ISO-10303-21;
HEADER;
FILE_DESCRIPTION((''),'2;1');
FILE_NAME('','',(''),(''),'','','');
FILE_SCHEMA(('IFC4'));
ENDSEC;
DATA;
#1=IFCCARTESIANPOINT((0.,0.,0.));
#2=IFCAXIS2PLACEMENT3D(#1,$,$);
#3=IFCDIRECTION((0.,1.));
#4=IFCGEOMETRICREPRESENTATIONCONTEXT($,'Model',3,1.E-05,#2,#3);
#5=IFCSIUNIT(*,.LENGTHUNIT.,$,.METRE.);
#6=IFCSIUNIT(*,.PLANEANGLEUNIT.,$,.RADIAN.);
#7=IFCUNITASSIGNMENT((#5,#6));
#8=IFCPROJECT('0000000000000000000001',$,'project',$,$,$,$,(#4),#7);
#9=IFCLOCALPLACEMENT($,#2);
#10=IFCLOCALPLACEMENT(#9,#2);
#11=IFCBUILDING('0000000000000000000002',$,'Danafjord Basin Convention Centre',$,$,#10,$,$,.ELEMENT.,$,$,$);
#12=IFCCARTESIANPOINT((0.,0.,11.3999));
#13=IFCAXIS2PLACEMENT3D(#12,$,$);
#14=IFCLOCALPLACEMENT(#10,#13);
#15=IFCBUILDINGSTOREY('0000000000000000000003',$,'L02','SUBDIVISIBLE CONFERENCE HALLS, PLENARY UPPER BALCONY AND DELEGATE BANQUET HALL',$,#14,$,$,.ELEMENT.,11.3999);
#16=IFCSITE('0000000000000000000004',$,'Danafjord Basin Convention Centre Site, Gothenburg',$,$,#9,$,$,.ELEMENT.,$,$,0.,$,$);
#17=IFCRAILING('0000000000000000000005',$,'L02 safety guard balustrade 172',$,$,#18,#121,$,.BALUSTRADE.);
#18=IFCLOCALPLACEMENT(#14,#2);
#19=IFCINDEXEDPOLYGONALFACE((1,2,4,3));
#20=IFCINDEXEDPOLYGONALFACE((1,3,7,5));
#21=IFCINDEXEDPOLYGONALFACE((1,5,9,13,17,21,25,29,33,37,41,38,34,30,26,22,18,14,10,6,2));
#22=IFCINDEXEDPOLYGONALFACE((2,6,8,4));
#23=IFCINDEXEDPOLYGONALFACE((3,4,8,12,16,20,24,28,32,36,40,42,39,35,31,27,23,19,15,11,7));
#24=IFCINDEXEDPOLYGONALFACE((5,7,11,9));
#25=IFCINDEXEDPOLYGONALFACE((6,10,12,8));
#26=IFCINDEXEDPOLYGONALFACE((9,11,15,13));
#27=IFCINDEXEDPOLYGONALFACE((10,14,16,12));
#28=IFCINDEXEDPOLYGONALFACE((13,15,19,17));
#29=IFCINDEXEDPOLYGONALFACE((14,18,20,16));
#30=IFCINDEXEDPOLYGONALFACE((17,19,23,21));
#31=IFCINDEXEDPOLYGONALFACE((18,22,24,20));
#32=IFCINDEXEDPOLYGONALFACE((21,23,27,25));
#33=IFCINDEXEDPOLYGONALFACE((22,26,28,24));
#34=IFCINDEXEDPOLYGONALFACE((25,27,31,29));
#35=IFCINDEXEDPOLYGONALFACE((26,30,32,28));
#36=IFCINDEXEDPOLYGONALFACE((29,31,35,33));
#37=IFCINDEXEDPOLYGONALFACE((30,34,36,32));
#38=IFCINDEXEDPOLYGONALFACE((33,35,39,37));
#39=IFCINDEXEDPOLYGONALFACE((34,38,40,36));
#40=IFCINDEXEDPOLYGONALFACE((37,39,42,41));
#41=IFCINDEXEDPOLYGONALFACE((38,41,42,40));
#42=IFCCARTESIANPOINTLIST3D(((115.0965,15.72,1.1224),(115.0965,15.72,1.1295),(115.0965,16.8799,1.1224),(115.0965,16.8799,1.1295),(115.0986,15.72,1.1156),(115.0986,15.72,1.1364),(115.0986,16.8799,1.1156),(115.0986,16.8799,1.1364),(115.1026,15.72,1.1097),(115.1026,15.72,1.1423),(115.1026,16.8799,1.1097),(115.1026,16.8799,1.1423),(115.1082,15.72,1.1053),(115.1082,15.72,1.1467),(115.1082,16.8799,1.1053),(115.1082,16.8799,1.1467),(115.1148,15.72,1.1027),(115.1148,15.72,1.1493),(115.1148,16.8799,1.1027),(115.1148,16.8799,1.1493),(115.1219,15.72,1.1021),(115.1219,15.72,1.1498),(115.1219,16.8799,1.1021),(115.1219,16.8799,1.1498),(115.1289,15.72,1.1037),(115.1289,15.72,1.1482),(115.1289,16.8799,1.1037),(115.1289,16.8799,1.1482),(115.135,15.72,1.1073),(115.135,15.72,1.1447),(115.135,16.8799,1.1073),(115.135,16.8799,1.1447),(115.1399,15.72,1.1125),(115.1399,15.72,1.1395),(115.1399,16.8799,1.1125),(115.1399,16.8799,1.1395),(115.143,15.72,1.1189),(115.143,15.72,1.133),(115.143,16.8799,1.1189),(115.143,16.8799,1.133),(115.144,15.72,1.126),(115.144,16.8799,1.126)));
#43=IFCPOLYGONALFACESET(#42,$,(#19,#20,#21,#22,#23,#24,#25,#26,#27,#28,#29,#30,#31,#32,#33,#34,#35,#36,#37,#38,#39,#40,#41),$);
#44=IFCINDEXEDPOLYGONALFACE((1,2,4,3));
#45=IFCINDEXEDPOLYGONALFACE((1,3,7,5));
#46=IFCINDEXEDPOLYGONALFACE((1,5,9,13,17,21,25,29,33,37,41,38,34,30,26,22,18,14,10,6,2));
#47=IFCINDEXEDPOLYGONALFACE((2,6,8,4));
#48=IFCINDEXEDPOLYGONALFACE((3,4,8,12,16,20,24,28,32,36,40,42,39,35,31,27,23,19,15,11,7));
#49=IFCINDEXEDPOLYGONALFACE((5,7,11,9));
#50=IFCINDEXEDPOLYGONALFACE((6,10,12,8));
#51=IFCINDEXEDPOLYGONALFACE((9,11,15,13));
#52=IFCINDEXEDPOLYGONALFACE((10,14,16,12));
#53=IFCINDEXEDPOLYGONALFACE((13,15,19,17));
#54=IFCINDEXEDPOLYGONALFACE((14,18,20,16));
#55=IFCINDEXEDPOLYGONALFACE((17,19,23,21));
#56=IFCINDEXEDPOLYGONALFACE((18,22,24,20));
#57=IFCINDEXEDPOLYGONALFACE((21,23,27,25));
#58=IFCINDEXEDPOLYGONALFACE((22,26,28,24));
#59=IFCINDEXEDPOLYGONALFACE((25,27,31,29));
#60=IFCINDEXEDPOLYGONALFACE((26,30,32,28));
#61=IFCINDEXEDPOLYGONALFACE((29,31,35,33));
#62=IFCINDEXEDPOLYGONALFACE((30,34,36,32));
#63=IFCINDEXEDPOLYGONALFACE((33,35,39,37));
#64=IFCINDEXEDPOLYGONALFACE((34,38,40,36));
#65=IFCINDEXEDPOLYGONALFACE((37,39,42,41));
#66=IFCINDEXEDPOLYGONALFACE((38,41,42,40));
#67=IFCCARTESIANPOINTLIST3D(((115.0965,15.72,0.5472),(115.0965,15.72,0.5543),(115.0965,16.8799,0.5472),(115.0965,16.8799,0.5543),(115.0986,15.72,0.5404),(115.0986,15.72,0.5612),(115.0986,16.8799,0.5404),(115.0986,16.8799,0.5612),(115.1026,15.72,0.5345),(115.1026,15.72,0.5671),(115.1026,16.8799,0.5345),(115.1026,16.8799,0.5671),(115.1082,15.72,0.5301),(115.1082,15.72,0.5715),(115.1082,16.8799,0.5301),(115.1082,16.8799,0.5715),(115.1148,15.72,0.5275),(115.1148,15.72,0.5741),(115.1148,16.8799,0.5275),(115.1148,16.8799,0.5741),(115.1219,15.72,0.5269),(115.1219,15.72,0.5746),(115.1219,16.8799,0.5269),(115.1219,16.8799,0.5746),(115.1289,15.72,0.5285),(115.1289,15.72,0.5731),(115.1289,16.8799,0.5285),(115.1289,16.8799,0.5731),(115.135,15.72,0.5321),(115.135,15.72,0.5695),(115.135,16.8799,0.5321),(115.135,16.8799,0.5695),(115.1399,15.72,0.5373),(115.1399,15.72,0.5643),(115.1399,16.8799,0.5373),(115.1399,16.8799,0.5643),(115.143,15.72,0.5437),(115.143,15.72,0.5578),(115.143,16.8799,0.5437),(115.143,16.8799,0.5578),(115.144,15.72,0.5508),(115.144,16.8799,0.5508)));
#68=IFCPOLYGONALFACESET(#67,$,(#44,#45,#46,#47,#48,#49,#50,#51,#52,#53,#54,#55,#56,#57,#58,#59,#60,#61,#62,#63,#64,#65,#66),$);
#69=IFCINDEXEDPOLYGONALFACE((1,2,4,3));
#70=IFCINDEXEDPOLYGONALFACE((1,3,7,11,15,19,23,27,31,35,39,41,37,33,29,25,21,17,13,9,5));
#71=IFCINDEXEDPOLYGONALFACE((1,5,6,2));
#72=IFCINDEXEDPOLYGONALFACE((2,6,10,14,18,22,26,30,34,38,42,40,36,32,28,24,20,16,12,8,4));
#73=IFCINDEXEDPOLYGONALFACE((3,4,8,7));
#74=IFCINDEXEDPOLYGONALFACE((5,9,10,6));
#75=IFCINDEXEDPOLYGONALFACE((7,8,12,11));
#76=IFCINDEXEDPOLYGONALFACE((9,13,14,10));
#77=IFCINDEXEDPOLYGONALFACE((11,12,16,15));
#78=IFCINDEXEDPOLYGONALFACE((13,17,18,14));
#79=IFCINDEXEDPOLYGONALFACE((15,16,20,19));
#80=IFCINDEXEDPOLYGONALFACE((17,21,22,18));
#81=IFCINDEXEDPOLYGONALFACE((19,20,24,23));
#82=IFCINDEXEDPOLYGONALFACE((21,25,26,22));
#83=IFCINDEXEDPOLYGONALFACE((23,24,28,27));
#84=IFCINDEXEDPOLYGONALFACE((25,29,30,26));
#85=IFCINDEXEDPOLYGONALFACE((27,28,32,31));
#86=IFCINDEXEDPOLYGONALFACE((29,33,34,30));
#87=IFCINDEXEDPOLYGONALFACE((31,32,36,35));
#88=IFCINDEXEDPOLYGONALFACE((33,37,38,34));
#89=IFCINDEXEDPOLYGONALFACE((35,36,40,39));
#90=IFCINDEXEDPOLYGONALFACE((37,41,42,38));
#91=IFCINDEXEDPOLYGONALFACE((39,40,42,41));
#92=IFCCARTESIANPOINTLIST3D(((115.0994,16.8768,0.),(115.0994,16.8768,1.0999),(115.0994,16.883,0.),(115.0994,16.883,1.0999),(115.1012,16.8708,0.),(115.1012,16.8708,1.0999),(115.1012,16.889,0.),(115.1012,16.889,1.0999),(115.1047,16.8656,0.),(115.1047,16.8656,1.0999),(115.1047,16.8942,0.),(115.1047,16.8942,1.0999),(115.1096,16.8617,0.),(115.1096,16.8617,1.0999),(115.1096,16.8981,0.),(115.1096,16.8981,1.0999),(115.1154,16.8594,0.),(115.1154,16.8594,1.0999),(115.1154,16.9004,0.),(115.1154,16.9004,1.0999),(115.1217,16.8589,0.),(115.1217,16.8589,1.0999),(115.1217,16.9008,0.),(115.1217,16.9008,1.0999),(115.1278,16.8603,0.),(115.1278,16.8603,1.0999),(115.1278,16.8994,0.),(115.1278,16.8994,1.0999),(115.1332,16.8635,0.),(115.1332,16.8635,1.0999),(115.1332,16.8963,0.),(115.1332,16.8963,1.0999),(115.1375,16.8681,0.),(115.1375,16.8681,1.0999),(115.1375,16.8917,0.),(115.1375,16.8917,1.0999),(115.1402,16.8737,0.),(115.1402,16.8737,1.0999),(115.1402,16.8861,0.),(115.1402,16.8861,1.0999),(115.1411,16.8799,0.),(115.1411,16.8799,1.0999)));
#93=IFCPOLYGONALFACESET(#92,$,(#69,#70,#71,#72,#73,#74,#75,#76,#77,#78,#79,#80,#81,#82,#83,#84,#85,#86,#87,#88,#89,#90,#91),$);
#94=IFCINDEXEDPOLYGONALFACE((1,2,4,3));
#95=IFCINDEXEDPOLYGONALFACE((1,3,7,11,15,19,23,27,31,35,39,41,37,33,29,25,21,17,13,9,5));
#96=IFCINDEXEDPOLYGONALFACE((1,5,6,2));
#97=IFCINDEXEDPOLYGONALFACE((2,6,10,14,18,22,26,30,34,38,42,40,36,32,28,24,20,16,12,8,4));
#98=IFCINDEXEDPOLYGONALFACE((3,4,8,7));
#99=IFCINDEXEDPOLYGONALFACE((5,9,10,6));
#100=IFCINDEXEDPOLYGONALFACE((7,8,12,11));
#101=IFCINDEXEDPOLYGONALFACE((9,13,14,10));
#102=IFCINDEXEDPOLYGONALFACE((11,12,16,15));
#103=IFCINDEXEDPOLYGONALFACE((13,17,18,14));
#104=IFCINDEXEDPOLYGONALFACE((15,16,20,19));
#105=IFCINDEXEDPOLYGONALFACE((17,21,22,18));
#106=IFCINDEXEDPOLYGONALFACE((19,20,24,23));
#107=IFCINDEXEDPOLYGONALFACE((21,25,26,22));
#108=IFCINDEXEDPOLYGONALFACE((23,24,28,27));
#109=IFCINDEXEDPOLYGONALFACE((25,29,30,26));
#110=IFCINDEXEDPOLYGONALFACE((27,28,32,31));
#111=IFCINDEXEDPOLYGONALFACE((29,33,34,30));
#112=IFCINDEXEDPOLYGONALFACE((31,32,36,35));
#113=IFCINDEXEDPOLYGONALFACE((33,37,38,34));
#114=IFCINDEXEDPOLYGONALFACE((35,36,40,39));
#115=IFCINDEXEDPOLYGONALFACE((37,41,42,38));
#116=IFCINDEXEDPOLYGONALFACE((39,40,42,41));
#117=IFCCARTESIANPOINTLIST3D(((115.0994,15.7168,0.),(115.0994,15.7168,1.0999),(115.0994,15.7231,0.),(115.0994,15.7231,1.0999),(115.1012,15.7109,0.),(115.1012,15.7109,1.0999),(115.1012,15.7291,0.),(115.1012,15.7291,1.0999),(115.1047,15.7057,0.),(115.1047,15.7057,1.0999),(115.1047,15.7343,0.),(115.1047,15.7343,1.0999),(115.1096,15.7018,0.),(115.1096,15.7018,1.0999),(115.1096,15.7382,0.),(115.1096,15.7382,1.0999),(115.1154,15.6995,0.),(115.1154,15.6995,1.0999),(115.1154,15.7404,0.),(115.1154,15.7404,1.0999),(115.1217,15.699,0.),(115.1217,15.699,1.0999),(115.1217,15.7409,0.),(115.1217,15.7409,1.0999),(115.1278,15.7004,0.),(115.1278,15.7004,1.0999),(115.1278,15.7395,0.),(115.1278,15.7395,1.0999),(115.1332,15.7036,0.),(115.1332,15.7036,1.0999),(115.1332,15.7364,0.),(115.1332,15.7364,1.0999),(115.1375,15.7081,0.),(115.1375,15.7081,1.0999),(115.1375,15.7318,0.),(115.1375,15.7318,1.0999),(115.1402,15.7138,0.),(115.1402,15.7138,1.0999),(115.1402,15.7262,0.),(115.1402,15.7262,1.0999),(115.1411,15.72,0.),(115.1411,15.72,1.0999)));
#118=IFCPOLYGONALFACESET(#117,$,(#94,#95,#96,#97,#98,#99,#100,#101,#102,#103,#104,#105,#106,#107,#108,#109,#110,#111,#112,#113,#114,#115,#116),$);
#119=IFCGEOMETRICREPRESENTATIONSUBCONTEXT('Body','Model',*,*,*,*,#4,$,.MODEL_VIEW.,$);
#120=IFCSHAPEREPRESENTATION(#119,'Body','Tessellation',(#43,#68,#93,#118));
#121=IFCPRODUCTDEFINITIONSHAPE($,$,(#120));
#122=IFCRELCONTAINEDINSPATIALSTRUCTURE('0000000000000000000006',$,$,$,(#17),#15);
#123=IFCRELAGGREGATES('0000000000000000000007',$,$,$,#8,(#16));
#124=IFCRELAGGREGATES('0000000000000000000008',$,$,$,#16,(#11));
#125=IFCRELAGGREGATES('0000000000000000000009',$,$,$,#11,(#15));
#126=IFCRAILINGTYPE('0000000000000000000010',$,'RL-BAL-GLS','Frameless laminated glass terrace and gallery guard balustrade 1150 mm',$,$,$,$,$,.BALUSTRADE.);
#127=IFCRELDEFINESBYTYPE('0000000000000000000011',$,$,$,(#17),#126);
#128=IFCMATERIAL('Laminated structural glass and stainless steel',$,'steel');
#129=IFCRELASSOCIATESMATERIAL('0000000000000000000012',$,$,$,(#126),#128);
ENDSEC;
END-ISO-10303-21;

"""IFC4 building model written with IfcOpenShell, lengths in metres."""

from ifc_helpers import new_model, si_unit, direction, frame, origin, origin_2d, place, context, subcontext, project, spatial, circle, extrude, material, type_object, element, save


model = new_model("IFC4")

# Units and contexts
model_context = context("Model", 3, precision=1e-05, world=origin(), true_north=direction((0.0, 1.0)))
body_context = subcontext(model_context, "Body", "Model", "MODEL_VIEW")
ifc_project = project(units=[si_unit("LENGTHUNIT", "METRE"), si_unit("PLANEANGLEUNIT", "RADIAN")], contexts=[model_context])

# Site, building, storey
site_placement = place(None, origin())
site = spatial("IfcSite", under=ifc_project, at=site_placement, Name="Danafjord Basin Convention Centre Site, Gothenburg", CompositionType="ELEMENT", RefElevation=0.0)
building_placement = place(site_placement, origin())
building = spatial("IfcBuilding", under=site, at=building_placement, Name="Danafjord Basin Convention Centre", CompositionType="ELEMENT")
storey_placement = place(building_placement, frame((0.0, 0.0, 11.3999)))
storey = spatial("IfcBuildingStorey", under=building, at=storey_placement, Name="L02", Description="SUBDIVISIBLE CONFERENCE HALLS, PLENARY UPPER BALCONY AND DELEGATE BANQUET HALL", CompositionType="ELEMENT", Elevation=11.3999)

# Railing
ifc_material_1 = material(Name="Laminated structural glass and stainless steel", Category="steel")
railing_type = type_object("IfcRailingType", Name="RL-BAL-GLS", Description="Frameless laminated glass terrace and gallery guard balustrade 1150 mm", PredefinedType="BALUSTRADE", material=ifc_material_1)
for number, where, name in (
    (1, (115.1201, 16.8799, 0.0), "L02 safety guard balustrade 172"),
):
    element("IfcRailing", number, at=place(storey_placement, frame(where)), inside=storey, type_object=railing_type, Name=name, PredefinedType="BALUSTRADE", context=body_context, shape_type="SweptSolid", body=[
        extrude(circle(Radius=0.0239, at=origin_2d()), frame((0.0, 0.0, 1.126), z_axis=(0.0, -1.0, 0.0), x_axis=(1.0, 0.0, 0.0)), (0.0, 0.0, 1.0), 1.1599),
        extrude(circle(Radius=0.0239, at=origin_2d()), frame((0.0, 0.0, 0.5508), z_axis=(0.0, -1.0, 0.0), x_axis=(1.0, 0.0, 0.0)), (0.0, 0.0, 1.0), 1.1599),
        extrude(circle(Radius=0.021, at=origin_2d()), origin(), (0.0, 0.0, 1.0), 1.0999),
        extrude(circle(Radius=0.021, at=origin_2d()), frame((0.0, -1.1599, 0.0)), (0.0, 0.0, 1.0), 1.0999),
    ])

save(model, "model.ifc")
